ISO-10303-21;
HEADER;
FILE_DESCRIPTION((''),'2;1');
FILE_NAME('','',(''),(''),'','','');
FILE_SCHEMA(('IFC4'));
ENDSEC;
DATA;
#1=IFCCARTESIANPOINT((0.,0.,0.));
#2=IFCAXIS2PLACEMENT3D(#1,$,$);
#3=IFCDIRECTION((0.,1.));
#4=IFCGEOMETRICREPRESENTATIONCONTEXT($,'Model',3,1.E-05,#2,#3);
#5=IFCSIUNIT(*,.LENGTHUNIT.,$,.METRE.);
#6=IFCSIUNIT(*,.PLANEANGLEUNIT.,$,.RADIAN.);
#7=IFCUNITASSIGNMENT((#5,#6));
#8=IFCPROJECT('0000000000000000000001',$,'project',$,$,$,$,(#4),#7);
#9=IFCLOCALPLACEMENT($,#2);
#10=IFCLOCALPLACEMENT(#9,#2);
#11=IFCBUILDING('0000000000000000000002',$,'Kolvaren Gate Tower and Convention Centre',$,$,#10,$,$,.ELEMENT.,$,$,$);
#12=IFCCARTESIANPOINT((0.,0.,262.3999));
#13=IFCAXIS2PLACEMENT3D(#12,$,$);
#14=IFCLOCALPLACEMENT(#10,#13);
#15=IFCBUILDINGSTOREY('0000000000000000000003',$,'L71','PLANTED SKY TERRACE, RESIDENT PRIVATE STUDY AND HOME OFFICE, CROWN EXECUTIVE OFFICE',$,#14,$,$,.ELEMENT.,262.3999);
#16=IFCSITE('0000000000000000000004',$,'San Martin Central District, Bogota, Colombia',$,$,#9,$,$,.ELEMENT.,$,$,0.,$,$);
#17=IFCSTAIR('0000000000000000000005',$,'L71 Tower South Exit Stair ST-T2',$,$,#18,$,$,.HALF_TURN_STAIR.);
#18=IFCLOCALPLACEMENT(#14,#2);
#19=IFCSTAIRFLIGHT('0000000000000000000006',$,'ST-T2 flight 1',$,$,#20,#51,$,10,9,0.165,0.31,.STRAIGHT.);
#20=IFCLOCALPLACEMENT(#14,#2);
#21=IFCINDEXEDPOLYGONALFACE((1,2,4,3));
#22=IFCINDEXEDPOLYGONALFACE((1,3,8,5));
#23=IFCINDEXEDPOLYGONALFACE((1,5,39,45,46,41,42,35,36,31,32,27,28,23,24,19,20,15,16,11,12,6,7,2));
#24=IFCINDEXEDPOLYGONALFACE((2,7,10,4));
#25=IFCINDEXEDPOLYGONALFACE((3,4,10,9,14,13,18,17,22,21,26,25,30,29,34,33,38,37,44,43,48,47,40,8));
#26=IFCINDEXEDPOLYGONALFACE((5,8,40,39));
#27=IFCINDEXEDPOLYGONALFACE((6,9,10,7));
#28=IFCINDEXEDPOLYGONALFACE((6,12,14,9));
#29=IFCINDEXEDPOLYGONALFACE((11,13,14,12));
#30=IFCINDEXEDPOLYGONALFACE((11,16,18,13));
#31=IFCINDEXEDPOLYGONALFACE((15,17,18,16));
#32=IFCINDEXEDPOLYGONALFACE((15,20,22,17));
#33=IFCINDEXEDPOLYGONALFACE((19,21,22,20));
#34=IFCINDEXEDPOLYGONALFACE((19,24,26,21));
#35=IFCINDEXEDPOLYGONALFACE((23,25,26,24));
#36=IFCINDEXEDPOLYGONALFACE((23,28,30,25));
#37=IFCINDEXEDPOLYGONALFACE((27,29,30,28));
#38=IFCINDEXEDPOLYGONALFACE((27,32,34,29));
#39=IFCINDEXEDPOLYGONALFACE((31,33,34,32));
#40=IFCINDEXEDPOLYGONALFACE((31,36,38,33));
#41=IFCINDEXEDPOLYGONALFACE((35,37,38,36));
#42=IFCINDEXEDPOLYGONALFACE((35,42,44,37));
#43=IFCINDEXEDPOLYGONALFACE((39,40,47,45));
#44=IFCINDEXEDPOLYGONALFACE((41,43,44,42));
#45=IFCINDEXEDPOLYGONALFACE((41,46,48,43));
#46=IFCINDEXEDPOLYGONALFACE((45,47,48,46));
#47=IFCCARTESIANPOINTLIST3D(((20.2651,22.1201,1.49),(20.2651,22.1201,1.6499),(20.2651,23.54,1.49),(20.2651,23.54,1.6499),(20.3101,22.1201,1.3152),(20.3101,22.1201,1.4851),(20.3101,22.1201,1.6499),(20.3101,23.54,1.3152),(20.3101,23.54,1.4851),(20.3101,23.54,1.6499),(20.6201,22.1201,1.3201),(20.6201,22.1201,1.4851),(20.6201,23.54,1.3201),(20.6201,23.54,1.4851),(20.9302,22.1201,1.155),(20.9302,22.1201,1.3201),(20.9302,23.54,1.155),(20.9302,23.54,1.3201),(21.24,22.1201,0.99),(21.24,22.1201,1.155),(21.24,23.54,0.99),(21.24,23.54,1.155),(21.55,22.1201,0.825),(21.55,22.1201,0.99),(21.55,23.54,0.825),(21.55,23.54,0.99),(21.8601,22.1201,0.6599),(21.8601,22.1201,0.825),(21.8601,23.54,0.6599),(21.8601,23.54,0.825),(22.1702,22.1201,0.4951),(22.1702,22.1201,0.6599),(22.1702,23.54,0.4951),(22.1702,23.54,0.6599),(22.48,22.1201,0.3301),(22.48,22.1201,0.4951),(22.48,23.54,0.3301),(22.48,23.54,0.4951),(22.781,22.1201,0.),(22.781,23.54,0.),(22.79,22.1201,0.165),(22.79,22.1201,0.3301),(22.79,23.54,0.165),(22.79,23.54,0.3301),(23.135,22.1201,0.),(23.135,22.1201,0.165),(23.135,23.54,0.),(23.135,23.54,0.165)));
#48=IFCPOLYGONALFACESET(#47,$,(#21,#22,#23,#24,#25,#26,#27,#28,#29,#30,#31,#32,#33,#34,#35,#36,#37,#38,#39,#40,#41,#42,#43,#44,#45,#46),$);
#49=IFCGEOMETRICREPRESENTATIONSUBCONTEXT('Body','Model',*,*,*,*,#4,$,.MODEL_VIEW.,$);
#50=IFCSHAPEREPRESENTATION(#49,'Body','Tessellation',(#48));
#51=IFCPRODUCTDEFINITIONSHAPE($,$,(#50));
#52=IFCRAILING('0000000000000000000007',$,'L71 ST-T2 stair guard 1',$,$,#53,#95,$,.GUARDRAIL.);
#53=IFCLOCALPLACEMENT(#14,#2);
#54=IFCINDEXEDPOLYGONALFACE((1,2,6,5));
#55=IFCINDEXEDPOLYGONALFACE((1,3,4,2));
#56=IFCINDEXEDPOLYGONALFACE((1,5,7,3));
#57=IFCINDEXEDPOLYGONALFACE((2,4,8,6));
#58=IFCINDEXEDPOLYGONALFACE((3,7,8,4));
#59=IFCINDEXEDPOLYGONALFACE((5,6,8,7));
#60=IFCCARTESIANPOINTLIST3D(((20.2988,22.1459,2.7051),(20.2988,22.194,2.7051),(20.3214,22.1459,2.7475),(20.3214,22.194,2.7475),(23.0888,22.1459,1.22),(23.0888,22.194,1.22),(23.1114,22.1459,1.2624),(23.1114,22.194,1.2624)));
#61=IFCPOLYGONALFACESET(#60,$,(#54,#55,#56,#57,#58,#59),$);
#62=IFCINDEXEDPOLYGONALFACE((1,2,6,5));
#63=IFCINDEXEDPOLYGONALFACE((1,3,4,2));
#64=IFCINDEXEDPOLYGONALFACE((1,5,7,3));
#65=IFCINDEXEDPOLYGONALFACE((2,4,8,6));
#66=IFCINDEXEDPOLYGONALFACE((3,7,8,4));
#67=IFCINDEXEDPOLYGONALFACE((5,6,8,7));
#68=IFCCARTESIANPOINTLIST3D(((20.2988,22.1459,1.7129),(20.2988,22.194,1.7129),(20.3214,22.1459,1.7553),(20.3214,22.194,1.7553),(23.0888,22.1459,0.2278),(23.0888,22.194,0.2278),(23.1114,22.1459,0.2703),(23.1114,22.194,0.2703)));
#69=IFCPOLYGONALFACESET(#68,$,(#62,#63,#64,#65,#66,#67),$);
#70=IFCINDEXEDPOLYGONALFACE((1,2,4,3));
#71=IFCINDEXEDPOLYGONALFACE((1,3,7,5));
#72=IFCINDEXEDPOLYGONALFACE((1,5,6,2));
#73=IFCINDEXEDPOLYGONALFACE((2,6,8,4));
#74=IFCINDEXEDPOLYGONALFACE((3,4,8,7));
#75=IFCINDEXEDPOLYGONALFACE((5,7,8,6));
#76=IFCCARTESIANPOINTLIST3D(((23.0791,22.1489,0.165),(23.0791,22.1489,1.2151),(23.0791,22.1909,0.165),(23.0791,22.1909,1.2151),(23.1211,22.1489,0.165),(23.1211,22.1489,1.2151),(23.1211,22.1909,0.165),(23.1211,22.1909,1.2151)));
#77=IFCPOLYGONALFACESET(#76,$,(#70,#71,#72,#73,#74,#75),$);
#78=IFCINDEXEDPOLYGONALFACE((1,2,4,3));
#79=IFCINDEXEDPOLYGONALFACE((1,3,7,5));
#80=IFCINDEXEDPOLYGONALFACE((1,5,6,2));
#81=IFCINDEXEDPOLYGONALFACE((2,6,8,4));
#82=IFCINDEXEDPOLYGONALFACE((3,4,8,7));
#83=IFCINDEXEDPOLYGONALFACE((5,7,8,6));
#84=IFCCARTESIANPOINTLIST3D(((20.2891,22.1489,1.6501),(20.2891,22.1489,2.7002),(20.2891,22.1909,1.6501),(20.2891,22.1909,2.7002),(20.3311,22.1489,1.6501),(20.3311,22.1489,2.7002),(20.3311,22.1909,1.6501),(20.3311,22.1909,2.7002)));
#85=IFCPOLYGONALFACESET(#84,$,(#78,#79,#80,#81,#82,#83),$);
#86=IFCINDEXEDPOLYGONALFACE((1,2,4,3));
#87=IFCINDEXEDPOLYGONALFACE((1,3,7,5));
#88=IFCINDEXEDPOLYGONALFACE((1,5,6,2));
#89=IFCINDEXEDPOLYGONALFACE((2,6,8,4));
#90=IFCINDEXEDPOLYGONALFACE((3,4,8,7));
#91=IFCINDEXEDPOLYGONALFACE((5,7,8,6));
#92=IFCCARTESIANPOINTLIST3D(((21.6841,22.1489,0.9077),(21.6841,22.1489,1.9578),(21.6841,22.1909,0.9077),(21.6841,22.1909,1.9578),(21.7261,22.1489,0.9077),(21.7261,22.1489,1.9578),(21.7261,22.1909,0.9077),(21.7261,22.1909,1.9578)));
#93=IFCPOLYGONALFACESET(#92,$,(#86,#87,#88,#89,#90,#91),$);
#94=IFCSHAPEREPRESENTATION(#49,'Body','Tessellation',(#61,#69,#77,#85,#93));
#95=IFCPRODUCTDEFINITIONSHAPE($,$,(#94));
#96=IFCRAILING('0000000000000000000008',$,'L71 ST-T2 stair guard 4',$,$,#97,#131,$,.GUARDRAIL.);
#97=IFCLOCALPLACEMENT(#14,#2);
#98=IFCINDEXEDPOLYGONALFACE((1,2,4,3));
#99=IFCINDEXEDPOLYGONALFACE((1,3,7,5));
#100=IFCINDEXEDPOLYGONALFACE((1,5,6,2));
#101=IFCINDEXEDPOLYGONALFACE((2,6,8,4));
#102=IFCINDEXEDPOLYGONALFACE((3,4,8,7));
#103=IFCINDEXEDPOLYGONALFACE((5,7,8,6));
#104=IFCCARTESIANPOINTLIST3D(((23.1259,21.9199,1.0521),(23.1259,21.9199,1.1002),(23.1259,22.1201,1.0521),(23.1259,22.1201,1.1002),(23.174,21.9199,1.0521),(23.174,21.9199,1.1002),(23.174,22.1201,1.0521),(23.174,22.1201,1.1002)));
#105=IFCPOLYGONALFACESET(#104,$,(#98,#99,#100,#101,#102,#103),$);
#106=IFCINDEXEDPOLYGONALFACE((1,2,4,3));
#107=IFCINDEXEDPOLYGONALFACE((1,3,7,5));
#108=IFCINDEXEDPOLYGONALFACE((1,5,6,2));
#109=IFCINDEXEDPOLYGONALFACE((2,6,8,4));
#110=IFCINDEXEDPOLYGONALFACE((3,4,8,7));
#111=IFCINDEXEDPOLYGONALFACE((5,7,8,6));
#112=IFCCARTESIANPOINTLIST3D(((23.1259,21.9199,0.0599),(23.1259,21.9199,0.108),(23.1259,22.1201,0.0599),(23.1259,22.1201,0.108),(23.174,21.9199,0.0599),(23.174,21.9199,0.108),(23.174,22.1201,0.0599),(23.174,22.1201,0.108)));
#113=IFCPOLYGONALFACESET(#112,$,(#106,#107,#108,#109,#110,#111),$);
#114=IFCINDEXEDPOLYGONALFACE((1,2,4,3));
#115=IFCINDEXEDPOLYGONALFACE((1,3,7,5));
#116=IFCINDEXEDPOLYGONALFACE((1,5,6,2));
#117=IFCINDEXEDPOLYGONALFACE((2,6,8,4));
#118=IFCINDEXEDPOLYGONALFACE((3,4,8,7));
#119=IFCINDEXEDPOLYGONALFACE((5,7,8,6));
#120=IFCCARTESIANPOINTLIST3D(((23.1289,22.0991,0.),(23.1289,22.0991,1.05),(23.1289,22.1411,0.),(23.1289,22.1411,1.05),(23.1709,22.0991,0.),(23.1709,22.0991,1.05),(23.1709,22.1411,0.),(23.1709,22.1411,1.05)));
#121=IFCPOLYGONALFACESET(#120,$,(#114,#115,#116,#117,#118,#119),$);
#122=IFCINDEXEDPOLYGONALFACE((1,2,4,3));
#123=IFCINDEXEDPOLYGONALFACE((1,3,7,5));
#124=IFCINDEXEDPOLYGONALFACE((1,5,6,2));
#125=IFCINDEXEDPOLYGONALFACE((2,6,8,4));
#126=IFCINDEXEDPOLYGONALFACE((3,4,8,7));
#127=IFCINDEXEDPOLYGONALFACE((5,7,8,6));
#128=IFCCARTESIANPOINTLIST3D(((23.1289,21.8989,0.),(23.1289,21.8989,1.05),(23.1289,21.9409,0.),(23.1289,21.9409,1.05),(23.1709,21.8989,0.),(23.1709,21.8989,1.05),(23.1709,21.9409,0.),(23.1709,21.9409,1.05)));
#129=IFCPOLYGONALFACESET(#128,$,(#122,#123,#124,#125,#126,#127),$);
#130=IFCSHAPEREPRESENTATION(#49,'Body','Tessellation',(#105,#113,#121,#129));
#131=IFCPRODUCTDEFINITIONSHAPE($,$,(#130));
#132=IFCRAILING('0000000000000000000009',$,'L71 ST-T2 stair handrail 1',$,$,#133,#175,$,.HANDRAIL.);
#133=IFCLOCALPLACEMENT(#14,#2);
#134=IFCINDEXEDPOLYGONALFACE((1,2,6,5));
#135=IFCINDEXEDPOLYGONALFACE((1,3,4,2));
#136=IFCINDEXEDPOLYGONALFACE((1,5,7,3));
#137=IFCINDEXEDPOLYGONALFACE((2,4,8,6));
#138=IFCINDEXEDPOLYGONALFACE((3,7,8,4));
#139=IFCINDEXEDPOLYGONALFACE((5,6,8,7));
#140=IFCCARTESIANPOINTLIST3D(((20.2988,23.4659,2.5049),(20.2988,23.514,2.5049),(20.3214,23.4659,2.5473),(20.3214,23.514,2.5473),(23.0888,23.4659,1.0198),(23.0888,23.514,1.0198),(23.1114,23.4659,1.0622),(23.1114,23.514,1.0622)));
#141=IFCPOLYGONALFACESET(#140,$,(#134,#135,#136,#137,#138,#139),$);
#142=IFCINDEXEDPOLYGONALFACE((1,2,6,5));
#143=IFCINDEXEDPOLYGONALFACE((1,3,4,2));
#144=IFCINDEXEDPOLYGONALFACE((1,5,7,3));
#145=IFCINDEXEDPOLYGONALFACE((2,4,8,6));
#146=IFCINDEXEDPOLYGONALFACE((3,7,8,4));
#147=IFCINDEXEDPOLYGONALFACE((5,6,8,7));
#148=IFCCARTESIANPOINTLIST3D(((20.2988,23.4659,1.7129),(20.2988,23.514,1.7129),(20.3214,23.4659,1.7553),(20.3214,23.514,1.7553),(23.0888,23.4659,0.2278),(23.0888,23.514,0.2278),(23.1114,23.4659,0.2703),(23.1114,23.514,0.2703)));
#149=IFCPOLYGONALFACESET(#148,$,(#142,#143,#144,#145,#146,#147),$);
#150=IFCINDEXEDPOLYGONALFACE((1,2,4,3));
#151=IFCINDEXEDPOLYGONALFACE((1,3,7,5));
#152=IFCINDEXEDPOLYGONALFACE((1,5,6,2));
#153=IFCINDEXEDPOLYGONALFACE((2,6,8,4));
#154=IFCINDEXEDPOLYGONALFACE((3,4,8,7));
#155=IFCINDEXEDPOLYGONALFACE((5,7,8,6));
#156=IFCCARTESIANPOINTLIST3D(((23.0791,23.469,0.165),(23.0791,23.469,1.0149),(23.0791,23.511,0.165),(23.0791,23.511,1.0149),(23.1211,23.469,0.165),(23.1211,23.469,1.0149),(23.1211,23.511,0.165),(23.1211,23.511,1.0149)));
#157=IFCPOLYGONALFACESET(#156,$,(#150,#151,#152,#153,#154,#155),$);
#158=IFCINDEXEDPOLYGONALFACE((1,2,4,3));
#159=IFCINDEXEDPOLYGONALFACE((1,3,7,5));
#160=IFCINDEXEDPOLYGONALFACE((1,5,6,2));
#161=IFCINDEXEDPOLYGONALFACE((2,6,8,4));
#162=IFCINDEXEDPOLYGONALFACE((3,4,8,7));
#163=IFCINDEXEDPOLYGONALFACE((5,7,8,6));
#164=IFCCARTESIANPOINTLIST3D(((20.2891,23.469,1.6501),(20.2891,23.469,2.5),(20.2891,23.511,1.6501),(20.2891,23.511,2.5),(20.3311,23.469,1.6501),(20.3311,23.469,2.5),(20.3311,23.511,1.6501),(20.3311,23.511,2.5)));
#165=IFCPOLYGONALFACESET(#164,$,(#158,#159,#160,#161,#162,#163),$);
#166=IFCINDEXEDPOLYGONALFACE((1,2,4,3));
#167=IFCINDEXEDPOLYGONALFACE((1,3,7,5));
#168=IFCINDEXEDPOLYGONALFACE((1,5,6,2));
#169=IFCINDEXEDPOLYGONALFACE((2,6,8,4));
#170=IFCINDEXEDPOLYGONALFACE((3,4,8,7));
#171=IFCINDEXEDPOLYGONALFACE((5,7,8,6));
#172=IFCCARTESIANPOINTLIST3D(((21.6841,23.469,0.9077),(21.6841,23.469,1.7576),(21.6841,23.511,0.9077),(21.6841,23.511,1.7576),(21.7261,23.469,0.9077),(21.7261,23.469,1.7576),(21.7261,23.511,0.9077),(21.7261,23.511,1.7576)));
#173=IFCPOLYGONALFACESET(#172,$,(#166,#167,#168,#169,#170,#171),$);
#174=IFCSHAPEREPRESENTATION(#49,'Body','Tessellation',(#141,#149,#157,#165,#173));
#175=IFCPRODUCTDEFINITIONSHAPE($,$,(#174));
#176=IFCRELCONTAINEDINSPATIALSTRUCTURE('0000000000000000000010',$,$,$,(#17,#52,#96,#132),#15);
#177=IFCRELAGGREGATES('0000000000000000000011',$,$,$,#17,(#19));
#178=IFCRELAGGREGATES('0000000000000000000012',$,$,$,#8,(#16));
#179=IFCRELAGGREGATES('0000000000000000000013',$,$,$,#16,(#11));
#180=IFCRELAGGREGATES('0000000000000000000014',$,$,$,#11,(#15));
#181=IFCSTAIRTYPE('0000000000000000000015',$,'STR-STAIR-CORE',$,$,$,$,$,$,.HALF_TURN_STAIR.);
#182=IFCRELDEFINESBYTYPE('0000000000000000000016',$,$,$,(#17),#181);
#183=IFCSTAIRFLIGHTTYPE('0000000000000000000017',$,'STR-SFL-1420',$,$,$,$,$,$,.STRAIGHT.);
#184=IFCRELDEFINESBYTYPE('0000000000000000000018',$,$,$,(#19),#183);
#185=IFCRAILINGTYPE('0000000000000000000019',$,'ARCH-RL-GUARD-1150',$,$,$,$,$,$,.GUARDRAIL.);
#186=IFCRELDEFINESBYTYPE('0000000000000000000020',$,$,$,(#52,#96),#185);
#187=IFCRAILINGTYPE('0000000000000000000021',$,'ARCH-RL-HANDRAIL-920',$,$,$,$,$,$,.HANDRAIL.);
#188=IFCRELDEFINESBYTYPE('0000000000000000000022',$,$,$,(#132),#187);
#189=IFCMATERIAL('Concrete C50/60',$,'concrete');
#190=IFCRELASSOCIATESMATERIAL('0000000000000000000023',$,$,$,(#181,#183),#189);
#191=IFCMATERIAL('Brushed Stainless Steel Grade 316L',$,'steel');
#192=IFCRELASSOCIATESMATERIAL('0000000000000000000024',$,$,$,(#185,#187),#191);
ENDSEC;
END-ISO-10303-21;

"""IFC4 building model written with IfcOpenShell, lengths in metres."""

from ifc_helpers import new_model, si_unit, direction, frame, origin, origin_2d, place, context, subcontext, project, spatial, polyline, rectangle, outline, extrude, material, type_object, element, aggregate, save


model = new_model("IFC4")

# Units and contexts
model_context = context("Model", 3, precision=1e-05, world=origin(), true_north=direction((0.0, 1.0)))
body_context = subcontext(model_context, "Body", "Model", "MODEL_VIEW")
ifc_project = project(units=[si_unit("LENGTHUNIT", "METRE"), si_unit("PLANEANGLEUNIT", "RADIAN")], contexts=[model_context])

# Site, building, storey
site_placement = place(None, origin())
site = spatial("IfcSite", under=ifc_project, at=site_placement, Name="San Martin Central District, Bogota, Colombia", CompositionType="ELEMENT", RefElevation=0.0)
building_placement = place(site_placement, origin())
building = spatial("IfcBuilding", under=site, at=building_placement, Name="Kolvaren Gate Tower and Convention Centre", CompositionType="ELEMENT")
storey_placement = place(building_placement, frame((0.0, 0.0, 262.3999)))
storey = spatial("IfcBuildingStorey", under=building, at=storey_placement, Name="L71", Description="PLANTED SKY TERRACE, RESIDENT PRIVATE STUDY AND HOME OFFICE, CROWN EXECUTIVE OFFICE", CompositionType="ELEMENT", Elevation=262.3999)

# Shared definitions
ifc_material_1 = material(Name="Brushed Stainless Steel Grade 316L", Category="steel")

# Shared definitions
ifc_material_2 = material(Name="Concrete C50/60", Category="concrete")

# Stair, stair flight
stair_type = type_object("IfcStairType", Name="STR-STAIR-CORE", PredefinedType="HALF_TURN_STAIR", material=ifc_material_2)
stair_placement = place(storey_placement, origin())
stair = element("IfcStair", 1, at=stair_placement, inside=storey, type_object=stair_type, Name="L71 Tower South Exit Stair ST-T2", PredefinedType="HALF_TURN_STAIR")
stair_flight_type = type_object("IfcStairFlightType", Name="STR-SFL-1420", PredefinedType="STRAIGHT", material=ifc_material_2)
stair_flight_placement = place(storey_placement, frame((23.1001, 22.8301, 0.0), z_axis=(0.0, 0.0, 1.0), x_axis=(-1.0, 0.0, 0.0)))
stair_flight = element("IfcStairFlight", 2, at=stair_flight_placement, type_object=stair_flight_type, Name="ST-T2 flight 1", NumberOfRisers=10, NumberOfTreads=9, PredefinedType="STRAIGHT", RiserHeight=0.165, TreadLength=0.31, context=body_context, shape_type="SweptSolid", body=[
    extrude(outline(polyline([(-0.0349, 0.0), (-0.0349, 0.165), (0.3101, 0.165), (0.3101, 0.3301), (0.6201, 0.3301), (0.6201, 0.4951), (0.9299, 0.4951), (0.9299, 0.6599), (1.24, 0.6599), (1.24, 0.825), (1.55, 0.825), (1.55, 0.99), (1.8601, 0.99), (1.8601, 1.155), (2.1699, 1.155), (2.1699, 1.3201), (2.48, 1.3201), (2.48, 1.4851), (2.79, 1.4851), (2.79, 1.6499), (2.835, 1.6499), (2.835, 1.49), (2.79, 1.3152), (0.3191, 0.0), (-0.0349, 0.0)])), frame((0.0, 0.71, 0.0), z_axis=(0.0, -1.0, 0.0), x_axis=(1.0, 0.0, 0.0)), (0.0, 0.0, 1.0), 1.4199),
])
aggregate(stair, [stair_flight])

# Railings
railing_type_1 = type_object("IfcRailingType", Name="ARCH-RL-GUARD-1150", PredefinedType="GUARDRAIL", material=ifc_material_1)
railing_1_placement = place(storey_placement, frame((23.1001, 22.1699, 0.165)))
element("IfcRailing", 3, at=railing_1_placement, inside=storey, type_object=railing_type_1, Name="L71 ST-T2 stair guard 1", PredefinedType="GUARDRAIL", context=body_context, shape_type="SweptSolid", body=[
    extrude(rectangle(XDim=0.0481, YDim=0.0481, at=origin_2d()), frame((0.0, 0.0, 1.0762), z_axis=(-0.882735, 0.0, 0.46987), x_axis=(0.0, -1.0, 0.0)), (0.0, 0.0, 1.0), 3.1606),
    extrude(rectangle(XDim=0.0481, YDim=0.0481, at=origin_2d()), frame((0.0, 0.0, 0.084), z_axis=(-0.882735, 0.0, 0.46987), x_axis=(0.0, -1.0, 0.0)), (0.0, 0.0, 1.0), 3.1606),
    extrude(rectangle(XDim=0.042, YDim=0.042, at=origin_2d()), origin(), (0.0, 0.0, 1.0), 1.05),
    extrude(rectangle(XDim=0.042, YDim=0.042, at=origin_2d()), frame((-2.79, 0.0, 1.4851)), (0.0, 0.0, 1.0), 1.05),
    extrude(rectangle(XDim=0.042, YDim=0.042, at=origin_2d()), frame((-1.395, 0.0, 0.7427)), (0.0, 0.0, 1.0), 1.05),
])
railing_2_placement = place(storey_placement, frame((23.1499, 22.1201, 0.0)))
element("IfcRailing", 4, at=railing_2_placement, inside=storey, type_object=railing_type_1, Name="L71 ST-T2 stair guard 4", PredefinedType="GUARDRAIL", context=body_context, shape_type="SweptSolid", body=[
    extrude(rectangle(XDim=0.0481, YDim=0.0481, at=origin_2d()), frame((0.0, 0.0, 1.0762), z_axis=(0.0, -1.0, 0.0), x_axis=(1.0, 0.0, 0.0)), (0.0, 0.0, 1.0), 0.2002),
    extrude(rectangle(XDim=0.0481, YDim=0.0481, at=origin_2d()), frame((0.0, 0.0, 0.084), z_axis=(0.0, -1.0, 0.0), x_axis=(1.0, 0.0, 0.0)), (0.0, 0.0, 1.0), 0.2002),
    extrude(rectangle(XDim=0.042, YDim=0.042, at=origin_2d()), origin(), (0.0, 0.0, 1.0), 1.05),
    extrude(rectangle(XDim=0.042, YDim=0.042, at=origin_2d()), frame((0.0, -0.2002, 0.0)), (0.0, 0.0, 1.0), 1.05),
])
railing_type_2 = type_object("IfcRailingType", Name="ARCH-RL-HANDRAIL-920", PredefinedType="HANDRAIL", material=ifc_material_1)
railing_3_placement = place(storey_placement, frame((23.1001, 23.49, 0.165)))
element("IfcRailing", 5, at=railing_3_placement, inside=storey, type_object=railing_type_2, Name="L71 ST-T2 stair handrail 1", PredefinedType="HANDRAIL", context=body_context, shape_type="SweptSolid", body=[
    extrude(rectangle(XDim=0.0481, YDim=0.0481, at=origin_2d()), frame((0.0, 0.0, 0.876), z_axis=(-0.882735, 0.0, 0.46987), x_axis=(0.0, -1.0, 0.0)), (0.0, 0.0, 1.0), 3.1606),
    extrude(rectangle(XDim=0.0481, YDim=0.0481, at=origin_2d()), frame((0.0, 0.0, 0.084), z_axis=(-0.882735, 0.0, 0.46987), x_axis=(0.0, -1.0, 0.0)), (0.0, 0.0, 1.0), 3.1606),
    extrude(rectangle(XDim=0.042, YDim=0.042, at=origin_2d()), origin(), (0.0, 0.0, 1.0), 0.8499),
    extrude(rectangle(XDim=0.042, YDim=0.042, at=origin_2d()), frame((-2.79, 0.0, 1.4851)), (0.0, 0.0, 1.0), 0.8499),
    extrude(rectangle(XDim=0.042, YDim=0.042, at=origin_2d()), frame((-1.395, 0.0, 0.7427)), (0.0, 0.0, 1.0), 0.8499),
])

save(model, "model.ifc")
